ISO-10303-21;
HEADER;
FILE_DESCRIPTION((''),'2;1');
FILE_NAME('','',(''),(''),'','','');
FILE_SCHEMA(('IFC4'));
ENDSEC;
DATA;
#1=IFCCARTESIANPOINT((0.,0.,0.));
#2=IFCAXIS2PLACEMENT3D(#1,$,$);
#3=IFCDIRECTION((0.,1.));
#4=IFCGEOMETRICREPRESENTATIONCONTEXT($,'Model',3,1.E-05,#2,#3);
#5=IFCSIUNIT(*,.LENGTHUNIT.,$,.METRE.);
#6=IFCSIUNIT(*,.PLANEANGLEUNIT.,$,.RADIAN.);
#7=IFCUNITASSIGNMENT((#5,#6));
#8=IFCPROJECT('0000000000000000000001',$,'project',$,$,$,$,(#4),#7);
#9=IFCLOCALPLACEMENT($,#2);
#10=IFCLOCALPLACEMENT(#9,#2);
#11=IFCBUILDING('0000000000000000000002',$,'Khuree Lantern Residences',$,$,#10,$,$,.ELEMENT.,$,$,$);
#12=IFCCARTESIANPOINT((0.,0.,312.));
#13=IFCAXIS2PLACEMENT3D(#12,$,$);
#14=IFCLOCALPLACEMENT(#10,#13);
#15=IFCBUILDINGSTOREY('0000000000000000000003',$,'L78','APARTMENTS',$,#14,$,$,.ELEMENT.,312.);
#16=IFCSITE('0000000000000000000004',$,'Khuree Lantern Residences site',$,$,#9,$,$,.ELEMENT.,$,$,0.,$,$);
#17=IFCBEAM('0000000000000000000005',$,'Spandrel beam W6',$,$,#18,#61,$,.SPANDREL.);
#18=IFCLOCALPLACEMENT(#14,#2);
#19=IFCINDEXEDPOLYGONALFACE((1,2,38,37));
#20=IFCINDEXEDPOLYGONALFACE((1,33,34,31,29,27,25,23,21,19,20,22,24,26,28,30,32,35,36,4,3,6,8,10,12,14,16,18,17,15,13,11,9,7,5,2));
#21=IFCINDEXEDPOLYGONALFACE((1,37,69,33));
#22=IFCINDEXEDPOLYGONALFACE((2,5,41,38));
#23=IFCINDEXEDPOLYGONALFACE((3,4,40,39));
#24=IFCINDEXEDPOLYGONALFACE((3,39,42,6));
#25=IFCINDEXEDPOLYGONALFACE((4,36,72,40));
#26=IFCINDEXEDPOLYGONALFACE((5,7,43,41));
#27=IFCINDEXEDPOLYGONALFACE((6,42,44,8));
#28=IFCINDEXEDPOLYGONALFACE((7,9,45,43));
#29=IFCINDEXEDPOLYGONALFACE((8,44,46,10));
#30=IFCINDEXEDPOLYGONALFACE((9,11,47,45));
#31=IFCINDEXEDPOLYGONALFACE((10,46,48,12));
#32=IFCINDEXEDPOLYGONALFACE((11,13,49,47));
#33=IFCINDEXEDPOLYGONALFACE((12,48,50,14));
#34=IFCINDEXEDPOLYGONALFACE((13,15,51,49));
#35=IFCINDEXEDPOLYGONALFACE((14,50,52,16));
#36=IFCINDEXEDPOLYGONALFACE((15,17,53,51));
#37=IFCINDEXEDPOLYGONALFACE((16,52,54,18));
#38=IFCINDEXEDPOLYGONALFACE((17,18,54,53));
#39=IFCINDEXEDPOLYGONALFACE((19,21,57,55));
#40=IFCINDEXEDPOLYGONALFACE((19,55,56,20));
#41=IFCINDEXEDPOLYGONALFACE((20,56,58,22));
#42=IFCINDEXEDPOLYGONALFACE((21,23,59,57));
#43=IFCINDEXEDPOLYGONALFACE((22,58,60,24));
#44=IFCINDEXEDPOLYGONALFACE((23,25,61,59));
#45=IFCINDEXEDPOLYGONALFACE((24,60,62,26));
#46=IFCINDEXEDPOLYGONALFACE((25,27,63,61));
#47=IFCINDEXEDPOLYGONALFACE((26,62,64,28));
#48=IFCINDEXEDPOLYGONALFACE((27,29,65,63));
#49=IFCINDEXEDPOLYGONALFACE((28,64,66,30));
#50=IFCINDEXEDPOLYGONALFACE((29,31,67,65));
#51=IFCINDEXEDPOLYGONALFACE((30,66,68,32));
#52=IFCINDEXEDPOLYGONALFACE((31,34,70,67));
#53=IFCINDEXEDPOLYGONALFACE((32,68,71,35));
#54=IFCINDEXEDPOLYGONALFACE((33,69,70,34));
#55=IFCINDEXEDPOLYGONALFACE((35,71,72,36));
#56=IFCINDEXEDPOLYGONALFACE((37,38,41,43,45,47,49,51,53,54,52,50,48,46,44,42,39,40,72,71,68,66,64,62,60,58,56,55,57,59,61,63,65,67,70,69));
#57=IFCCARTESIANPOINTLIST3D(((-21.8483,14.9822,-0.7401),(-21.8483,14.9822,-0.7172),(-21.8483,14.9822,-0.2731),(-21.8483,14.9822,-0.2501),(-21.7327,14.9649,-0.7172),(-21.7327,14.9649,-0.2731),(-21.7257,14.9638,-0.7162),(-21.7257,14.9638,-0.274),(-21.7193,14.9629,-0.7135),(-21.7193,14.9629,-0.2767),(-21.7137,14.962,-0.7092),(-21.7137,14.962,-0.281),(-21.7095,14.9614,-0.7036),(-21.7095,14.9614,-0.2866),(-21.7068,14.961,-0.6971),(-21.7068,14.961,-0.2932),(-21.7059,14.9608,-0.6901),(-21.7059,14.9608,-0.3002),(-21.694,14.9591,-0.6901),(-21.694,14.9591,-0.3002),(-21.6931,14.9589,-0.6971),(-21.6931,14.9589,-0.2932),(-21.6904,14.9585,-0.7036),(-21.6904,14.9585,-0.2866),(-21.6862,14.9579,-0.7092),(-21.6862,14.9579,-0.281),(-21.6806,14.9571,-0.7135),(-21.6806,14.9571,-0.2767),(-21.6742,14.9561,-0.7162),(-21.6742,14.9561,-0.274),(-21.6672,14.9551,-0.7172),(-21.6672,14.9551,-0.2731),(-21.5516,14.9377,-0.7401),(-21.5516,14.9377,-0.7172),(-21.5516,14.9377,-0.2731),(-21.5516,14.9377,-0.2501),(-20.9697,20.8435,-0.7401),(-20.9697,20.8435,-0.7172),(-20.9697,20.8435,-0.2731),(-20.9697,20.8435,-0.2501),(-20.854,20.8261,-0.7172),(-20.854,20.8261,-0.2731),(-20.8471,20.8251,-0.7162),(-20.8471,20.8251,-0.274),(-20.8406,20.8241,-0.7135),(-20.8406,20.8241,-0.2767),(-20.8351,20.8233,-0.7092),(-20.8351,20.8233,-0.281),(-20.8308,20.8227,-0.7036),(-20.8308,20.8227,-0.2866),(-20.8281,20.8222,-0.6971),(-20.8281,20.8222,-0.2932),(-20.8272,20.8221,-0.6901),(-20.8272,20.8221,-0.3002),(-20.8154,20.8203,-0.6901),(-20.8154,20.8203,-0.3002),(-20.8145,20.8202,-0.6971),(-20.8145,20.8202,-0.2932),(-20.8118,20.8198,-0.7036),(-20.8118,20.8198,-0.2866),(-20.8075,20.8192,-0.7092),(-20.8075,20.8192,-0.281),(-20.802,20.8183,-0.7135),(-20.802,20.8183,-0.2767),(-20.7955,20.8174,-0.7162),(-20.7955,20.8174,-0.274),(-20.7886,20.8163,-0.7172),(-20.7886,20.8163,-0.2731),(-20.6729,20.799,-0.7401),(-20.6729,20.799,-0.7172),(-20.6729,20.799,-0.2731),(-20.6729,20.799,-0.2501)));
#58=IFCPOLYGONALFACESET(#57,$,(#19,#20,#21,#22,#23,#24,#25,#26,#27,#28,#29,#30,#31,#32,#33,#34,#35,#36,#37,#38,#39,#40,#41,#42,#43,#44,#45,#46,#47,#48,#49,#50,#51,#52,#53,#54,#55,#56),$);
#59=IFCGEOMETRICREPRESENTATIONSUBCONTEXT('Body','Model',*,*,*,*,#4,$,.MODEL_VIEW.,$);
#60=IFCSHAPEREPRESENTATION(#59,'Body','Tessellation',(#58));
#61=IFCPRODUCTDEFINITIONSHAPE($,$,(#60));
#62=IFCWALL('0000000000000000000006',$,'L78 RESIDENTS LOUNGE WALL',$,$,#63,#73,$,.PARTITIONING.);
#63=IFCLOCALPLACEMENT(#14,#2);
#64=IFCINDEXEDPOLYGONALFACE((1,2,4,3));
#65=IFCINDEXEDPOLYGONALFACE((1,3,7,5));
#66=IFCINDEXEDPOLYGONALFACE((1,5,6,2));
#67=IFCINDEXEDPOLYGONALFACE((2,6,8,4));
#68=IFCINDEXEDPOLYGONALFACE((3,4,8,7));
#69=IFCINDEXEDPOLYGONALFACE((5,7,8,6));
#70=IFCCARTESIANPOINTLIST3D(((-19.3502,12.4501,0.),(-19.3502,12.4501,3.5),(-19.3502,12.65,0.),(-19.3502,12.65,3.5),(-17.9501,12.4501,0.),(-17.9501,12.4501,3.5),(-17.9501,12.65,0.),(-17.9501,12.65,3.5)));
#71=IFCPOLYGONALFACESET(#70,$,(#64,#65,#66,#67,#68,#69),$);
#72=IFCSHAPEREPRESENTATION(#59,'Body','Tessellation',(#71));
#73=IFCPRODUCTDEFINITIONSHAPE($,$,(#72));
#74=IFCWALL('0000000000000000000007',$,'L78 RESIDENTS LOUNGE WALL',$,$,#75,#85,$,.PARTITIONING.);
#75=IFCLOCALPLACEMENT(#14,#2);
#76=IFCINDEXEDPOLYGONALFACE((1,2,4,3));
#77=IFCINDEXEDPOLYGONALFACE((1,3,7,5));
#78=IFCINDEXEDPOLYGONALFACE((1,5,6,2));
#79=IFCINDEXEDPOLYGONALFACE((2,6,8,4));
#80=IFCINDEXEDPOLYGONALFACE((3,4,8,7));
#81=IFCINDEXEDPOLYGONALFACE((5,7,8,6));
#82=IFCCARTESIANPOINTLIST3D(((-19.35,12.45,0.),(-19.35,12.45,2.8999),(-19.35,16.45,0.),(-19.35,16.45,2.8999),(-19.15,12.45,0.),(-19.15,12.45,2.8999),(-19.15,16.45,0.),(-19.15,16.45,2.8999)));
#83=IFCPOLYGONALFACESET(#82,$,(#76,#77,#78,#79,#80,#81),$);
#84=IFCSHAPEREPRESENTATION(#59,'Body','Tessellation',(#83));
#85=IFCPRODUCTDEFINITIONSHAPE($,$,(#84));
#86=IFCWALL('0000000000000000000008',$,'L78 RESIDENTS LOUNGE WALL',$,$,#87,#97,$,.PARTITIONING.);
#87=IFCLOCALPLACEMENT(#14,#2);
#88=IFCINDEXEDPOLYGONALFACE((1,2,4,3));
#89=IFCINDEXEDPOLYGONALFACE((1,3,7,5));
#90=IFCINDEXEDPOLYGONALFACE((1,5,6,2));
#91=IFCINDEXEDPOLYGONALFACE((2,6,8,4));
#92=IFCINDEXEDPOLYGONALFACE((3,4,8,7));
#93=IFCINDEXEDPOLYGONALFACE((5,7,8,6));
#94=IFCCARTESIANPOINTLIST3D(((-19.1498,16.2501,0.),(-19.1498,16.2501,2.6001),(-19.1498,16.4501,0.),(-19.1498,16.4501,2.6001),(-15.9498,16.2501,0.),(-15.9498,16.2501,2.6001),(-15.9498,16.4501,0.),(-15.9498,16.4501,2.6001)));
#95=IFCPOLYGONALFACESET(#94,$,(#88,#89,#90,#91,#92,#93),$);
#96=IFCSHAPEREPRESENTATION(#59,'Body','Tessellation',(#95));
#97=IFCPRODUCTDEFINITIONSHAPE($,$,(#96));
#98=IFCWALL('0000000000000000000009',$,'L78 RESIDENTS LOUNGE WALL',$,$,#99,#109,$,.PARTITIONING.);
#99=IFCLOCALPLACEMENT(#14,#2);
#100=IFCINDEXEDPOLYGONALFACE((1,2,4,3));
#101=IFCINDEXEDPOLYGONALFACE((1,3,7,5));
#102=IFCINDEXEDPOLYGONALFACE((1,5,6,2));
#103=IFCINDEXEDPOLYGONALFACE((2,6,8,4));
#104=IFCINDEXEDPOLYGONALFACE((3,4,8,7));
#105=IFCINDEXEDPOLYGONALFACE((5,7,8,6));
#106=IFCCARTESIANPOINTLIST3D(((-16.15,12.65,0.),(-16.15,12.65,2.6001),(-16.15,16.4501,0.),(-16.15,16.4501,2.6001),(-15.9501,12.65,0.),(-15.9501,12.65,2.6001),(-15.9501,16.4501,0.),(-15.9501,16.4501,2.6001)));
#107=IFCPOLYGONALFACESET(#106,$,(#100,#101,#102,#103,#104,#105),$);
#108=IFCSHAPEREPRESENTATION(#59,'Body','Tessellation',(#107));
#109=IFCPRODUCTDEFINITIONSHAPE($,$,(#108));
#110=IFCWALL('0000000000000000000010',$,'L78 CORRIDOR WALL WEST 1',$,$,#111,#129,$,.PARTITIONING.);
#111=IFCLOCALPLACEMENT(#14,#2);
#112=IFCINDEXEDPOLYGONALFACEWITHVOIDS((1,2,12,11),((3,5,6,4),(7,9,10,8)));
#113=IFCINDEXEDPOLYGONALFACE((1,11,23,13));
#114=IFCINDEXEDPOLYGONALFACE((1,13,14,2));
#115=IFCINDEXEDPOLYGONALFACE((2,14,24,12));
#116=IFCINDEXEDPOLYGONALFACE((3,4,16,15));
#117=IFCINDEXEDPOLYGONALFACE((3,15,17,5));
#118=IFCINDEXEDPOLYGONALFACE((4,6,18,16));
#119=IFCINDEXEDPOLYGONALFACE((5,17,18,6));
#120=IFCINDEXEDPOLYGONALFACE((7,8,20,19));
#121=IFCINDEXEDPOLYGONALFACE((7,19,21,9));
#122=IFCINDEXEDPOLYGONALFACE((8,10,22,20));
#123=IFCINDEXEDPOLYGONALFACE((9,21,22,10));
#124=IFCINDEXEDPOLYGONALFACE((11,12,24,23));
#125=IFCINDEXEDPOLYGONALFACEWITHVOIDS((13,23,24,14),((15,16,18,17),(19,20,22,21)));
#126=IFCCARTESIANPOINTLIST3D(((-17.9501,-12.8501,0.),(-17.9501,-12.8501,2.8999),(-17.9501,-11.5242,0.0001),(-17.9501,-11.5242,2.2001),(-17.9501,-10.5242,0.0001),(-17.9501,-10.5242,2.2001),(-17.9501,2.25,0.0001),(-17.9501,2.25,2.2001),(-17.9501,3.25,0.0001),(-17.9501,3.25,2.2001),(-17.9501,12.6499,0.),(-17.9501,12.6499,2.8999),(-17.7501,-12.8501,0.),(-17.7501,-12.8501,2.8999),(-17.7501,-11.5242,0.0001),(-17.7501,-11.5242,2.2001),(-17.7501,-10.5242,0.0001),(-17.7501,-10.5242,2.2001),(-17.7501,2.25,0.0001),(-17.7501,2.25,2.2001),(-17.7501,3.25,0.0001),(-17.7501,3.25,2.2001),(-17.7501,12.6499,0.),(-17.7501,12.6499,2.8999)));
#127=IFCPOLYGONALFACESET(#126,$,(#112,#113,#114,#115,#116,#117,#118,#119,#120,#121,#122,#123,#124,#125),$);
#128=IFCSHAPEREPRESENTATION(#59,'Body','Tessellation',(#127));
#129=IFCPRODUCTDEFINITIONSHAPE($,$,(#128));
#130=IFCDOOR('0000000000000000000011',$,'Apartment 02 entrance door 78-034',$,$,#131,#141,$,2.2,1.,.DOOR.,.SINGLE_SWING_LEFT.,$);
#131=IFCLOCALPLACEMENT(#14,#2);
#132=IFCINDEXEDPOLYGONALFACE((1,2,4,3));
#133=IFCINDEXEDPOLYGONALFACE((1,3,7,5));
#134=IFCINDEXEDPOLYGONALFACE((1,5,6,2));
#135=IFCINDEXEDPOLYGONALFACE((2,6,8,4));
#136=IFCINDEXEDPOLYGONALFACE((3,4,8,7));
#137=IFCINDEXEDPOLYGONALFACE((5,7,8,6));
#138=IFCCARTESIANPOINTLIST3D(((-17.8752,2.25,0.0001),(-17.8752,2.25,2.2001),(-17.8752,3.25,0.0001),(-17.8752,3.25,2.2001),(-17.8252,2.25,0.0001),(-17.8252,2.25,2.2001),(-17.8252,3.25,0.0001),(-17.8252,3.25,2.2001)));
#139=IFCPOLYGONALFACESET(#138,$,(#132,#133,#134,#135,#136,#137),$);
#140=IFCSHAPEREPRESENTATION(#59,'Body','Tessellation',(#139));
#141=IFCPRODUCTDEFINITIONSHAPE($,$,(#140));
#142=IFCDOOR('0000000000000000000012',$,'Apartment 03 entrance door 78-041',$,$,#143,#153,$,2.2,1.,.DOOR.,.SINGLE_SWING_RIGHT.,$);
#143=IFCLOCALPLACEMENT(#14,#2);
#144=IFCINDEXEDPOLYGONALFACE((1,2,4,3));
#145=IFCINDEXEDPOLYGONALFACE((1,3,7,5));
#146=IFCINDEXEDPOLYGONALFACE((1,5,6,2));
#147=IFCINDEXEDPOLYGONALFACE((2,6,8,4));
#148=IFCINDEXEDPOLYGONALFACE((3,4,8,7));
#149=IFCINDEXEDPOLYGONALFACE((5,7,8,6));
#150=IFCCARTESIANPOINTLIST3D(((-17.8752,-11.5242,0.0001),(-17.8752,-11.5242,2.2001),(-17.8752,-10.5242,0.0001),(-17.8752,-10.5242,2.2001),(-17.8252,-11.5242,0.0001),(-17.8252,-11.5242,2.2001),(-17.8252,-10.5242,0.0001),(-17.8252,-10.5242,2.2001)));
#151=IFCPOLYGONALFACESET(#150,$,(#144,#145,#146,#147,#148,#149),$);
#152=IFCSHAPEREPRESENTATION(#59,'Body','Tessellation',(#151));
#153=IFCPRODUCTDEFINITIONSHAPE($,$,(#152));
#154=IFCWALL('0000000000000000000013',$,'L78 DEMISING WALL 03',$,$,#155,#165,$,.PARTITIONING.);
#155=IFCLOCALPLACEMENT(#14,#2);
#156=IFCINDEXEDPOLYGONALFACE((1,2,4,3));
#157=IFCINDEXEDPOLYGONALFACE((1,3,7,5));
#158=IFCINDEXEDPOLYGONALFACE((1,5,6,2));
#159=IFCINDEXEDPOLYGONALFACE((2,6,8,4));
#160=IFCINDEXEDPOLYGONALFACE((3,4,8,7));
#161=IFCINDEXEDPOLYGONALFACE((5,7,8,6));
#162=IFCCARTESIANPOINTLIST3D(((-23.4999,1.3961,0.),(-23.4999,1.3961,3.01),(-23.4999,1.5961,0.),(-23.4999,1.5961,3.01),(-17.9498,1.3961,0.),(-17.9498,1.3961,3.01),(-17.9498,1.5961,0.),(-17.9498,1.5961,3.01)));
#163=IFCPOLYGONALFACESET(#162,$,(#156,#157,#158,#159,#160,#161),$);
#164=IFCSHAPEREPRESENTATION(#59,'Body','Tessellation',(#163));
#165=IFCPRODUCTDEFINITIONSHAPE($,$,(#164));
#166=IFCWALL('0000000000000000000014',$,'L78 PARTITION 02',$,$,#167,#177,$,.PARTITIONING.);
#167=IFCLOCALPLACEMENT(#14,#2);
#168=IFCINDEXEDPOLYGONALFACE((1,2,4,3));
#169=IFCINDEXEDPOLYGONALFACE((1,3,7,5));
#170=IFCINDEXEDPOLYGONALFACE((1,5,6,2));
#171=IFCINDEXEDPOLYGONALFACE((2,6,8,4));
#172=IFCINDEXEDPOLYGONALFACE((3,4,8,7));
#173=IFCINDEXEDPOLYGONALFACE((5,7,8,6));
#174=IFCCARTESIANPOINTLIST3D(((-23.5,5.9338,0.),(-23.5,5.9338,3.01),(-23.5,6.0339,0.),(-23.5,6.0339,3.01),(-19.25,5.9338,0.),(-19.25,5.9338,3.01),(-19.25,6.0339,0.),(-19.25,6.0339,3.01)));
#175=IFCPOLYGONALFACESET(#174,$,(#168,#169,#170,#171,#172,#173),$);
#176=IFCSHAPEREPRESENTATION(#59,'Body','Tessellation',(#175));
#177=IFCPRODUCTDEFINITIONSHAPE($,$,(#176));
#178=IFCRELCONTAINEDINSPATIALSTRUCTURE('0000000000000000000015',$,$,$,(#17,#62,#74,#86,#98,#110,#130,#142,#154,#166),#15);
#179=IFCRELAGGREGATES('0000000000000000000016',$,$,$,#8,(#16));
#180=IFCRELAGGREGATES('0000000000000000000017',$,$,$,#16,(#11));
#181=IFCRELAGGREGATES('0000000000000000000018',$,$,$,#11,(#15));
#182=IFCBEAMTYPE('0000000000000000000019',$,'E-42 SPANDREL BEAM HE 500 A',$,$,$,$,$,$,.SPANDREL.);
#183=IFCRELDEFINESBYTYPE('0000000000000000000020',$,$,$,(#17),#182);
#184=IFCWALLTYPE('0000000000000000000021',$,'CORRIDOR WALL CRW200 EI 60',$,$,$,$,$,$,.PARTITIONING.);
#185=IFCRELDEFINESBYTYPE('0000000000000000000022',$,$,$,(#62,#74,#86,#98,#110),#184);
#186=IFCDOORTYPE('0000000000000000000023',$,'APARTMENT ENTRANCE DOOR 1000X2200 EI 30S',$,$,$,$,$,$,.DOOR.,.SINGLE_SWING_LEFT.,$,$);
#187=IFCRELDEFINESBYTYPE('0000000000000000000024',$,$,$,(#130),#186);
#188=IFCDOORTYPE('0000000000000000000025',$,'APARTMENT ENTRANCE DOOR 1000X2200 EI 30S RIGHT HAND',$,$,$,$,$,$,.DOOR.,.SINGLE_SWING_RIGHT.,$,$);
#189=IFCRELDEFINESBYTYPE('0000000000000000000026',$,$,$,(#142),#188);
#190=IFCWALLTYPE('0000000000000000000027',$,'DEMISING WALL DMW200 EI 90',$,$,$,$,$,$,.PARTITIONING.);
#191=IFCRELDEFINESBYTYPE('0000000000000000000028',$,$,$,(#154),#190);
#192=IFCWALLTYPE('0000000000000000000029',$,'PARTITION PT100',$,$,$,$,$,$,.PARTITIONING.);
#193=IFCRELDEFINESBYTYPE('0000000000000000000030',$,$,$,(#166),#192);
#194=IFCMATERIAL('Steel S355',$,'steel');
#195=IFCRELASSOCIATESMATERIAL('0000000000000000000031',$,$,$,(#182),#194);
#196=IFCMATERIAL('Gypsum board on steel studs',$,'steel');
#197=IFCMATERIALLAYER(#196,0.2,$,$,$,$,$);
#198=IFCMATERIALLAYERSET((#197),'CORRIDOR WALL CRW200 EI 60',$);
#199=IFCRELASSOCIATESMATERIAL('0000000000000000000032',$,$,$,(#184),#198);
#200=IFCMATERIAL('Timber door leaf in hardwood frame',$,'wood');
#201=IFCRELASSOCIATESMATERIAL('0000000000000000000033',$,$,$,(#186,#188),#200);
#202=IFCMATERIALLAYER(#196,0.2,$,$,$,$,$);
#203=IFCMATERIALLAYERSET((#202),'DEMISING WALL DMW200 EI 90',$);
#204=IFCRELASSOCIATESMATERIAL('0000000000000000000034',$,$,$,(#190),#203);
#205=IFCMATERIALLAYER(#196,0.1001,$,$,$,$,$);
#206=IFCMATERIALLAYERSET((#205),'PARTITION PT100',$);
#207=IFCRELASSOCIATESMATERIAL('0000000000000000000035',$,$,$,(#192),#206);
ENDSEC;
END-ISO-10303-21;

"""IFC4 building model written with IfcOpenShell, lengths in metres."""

from ifc_helpers import new_model, si_unit, direction, frame, frame_2d, origin, origin_2d, place, context, subcontext, project, spatial, rectangle, i_section, extrude, material, layer, layer_set, material_profile, profile_set, type_object, element, fill, save


model = new_model("IFC4")

# Units and contexts
model_context = context("Model", 3, precision=1e-05, world=origin(), true_north=direction((0.0, 1.0)))
body_context = subcontext(model_context, "Body", "Model", "MODEL_VIEW")
ifc_project = project(units=[si_unit("LENGTHUNIT", "METRE"), si_unit("PLANEANGLEUNIT", "RADIAN")], contexts=[model_context])

# Site, building, storey
site_placement = place(None, origin())
site = spatial("IfcSite", under=ifc_project, at=site_placement, Name="Khuree Lantern Residences site", CompositionType="ELEMENT", RefElevation=0.0)
building_placement = place(site_placement, origin())
building = spatial("IfcBuilding", under=site, at=building_placement, Name="Khuree Lantern Residences", CompositionType="ELEMENT")
storey_placement = place(building_placement, frame((0.0, 0.0, 312.0)))
storey = spatial("IfcBuildingStorey", under=building, at=storey_placement, Name="L78", Description="APARTMENTS", CompositionType="ELEMENT", Elevation=312.0)

# Beam
ifc_material_1 = material(Name="Steel S355", Category="steel")
ifc_material_profile = material_profile(ifc_material_1, i_section(OverallWidth=0.3, OverallDepth=0.49, WebThickness=0.012, FlangeThickness=0.0229, FilletRadius=0.0271, at=origin_2d()), Name="HE 500 A")
ifc_profile_set = profile_set([ifc_material_profile], Name="Steel S355")
beam_type = type_object("IfcBeamType", Name="E-42 SPANDREL BEAM HE 500 A", PredefinedType="SPANDREL", material=ifc_profile_set)
beam_placement = place(storey_placement, frame((-21.7, 14.96, -0.4951), z_axis=(0.148252, 0.98895, 0.0), x_axis=(-0.98895, 0.148252, 0.0)))
element("IfcBeam", 1, at=beam_placement, inside=storey, type_object=beam_type, Name="Spandrel beam W6", PredefinedType="SPANDREL", context=body_context, shape_type="SweptSolid", body=[
    extrude(i_section(OverallWidth=0.3, OverallDepth=0.49, WebThickness=0.012, FlangeThickness=0.0229, FilletRadius=0.0271, at=origin_2d()), origin(), (0.0, 0.0, 1.0), 5.9268),
])

# Walls
ifc_material_2 = material(Name="Gypsum board on steel studs", Category="steel")
ifc_layer_1 = layer(ifc_material_2, 0.2)
ifc_layer_set_1 = layer_set([ifc_layer_1], Name="CORRIDOR WALL CRW200 EI 60")
wall_type_1 = type_object("IfcWallType", Name="CORRIDOR WALL CRW200 EI 60", PredefinedType="PARTITIONING", material=ifc_layer_set_1)
wall_1_placement = place(storey_placement, frame((-17.95, 12.55, 0.0), z_axis=(0.0, 0.0, 1.0), x_axis=(-1.0, 0.0, 0.0)))
element("IfcWall", 2, at=wall_1_placement, inside=storey, type_object=wall_type_1, Name="L78 RESIDENTS LOUNGE WALL", PredefinedType="PARTITIONING", context=body_context, shape_type="SweptSolid", body=[
    extrude(rectangle(XDim=1.4001, YDim=0.2, at=frame_2d((0.7002, 0.0))), origin(), (0.0, 0.0, 1.0), 3.5),
])
wall_2_placement = place(storey_placement, frame((-19.25, 12.45, 0.0), z_axis=(0.0, 0.0, 1.0), x_axis=(0.0, 1.0, 0.0)))
element("IfcWall", 3, at=wall_2_placement, inside=storey, type_object=wall_type_1, Name="L78 RESIDENTS LOUNGE WALL", PredefinedType="PARTITIONING", context=body_context, shape_type="SweptSolid", body=[
    extrude(rectangle(XDim=4.0, YDim=0.2, at=frame_2d((2.0, 0.0))), origin(), (0.0, 0.0, 1.0), 2.8999),
])
wall_3_placement = place(storey_placement, frame((-19.1499, 16.3501, 0.0), z_axis=(0.0, 0.0, 1.0), x_axis=(1.0, 0.0, 0.0)))
element("IfcWall", 4, at=wall_3_placement, inside=storey, type_object=wall_type_1, Name="L78 RESIDENTS LOUNGE WALL", PredefinedType="PARTITIONING", context=body_context, shape_type="SweptSolid", body=[
    extrude(rectangle(XDim=3.2, YDim=0.2, at=frame_2d((1.6001, 0.0))), origin(), (0.0, 0.0, 1.0), 2.6001),
])
wall_4_placement = place(storey_placement, frame((-16.05, 16.45, 0.0), z_axis=(0.0, 0.0, 1.0), x_axis=(0.0, -1.0, 0.0)))
element("IfcWall", 5, at=wall_4_placement, inside=storey, type_object=wall_type_1, Name="L78 RESIDENTS LOUNGE WALL", PredefinedType="PARTITIONING", context=body_context, shape_type="SweptSolid", body=[
    extrude(rectangle(XDim=3.8, YDim=0.2, at=frame_2d((1.8999, 0.0))), origin(), (0.0, 0.0, 1.0), 2.6001),
])

# Wall, openings, doors
wall_5_placement = place(storey_placement, frame((-17.8501, 12.6499, 0.0), z_axis=(0.0, 0.0, 1.0), x_axis=(0.0, -1.0, 0.0)))
wall_5 = element("IfcWall", 6, at=wall_5_placement, inside=storey, type_object=wall_type_1, Name="L78 CORRIDOR WALL WEST 1", PredefinedType="PARTITIONING", context=body_context, shape_type="SweptSolid", body=[
    extrude(rectangle(XDim=25.5, YDim=0.2, at=frame_2d((12.75, 0.0))), origin(), (0.0, 0.0, 1.0), 2.8999),
])
opening_1_placement = place(wall_5_placement, frame((9.3999, 0.0, 0.0)))
opening_1 = element("IfcOpeningElement", 7, at=opening_1_placement, cuts=wall_5, PredefinedType="OPENING", context=body_context, shape_type="SweptSolid", body=[
    extrude(rectangle(XDim=1.0, YDim=2.2, at=frame_2d((0.5, 1.1001))), frame((0.0, 0.1099, 0.0), z_axis=(0.0, -1.0, 0.0), x_axis=(1.0, 0.0, 0.0)), (0.0, 0.0, 1.0), 0.22),
])
opening_2_placement = place(wall_5_placement, frame((23.1741, 0.0, 0.0)))
opening_2 = element("IfcOpeningElement", 8, at=opening_2_placement, cuts=wall_5, PredefinedType="OPENING", context=body_context, shape_type="SweptSolid", body=[
    extrude(rectangle(XDim=1.0, YDim=2.2, at=frame_2d((0.5, 1.1001))), frame((0.0, 0.1099, 0.0), z_axis=(0.0, -1.0, 0.0), x_axis=(1.0, 0.0, 0.0)), (0.0, 0.0, 1.0), 0.22),
])
ifc_material_3 = material(Name="Timber door leaf in hardwood frame", Category="wood")
door_type_1 = type_object("IfcDoorType", Name="APARTMENT ENTRANCE DOOR 1000X2200 EI 30S", OperationType="SINGLE_SWING_LEFT", PredefinedType="DOOR", material=ifc_material_3)
door_1_placement = place(opening_1_placement, origin())
door_1 = element("IfcDoor", 9, at=door_1_placement, inside=storey, type_object=door_type_1, Name="Apartment 02 entrance door 78-034", OperationType="SINGLE_SWING_LEFT", OverallHeight=2.2, OverallWidth=1.0, PredefinedType="DOOR", context=body_context, shape_type="SweptSolid", body=[
    extrude(rectangle(XDim=1.0, YDim=2.2, at=frame_2d((0.5, 1.1001))), frame((0.0, 0.0249, 0.0), z_axis=(0.0, -1.0, 0.0), x_axis=(1.0, 0.0, 0.0)), (0.0, 0.0, 1.0), 0.05),
])
fill(opening_1, door_1)
door_type_2 = type_object("IfcDoorType", Name="APARTMENT ENTRANCE DOOR 1000X2200 EI 30S RIGHT HAND", OperationType="SINGLE_SWING_RIGHT", PredefinedType="DOOR", material=ifc_material_3)
door_2_placement = place(opening_2_placement, origin())
door_2 = element("IfcDoor", 10, at=door_2_placement, inside=storey, type_object=door_type_2, Name="Apartment 03 entrance door 78-041", OperationType="SINGLE_SWING_RIGHT", OverallHeight=2.2, OverallWidth=1.0, PredefinedType="DOOR", context=body_context, shape_type="SweptSolid", body=[
    extrude(rectangle(XDim=1.0, YDim=2.2, at=frame_2d((0.5, 1.1001))), frame((0.0, 0.0249, 0.0), z_axis=(0.0, -1.0, 0.0), x_axis=(1.0, 0.0, 0.0)), (0.0, 0.0, 1.0), 0.05),
])
fill(opening_2, door_2)

# Walls
ifc_layer_2 = layer(ifc_material_2, 0.2)
ifc_layer_set_2 = layer_set([ifc_layer_2], Name="DEMISING WALL DMW200 EI 90")
wall_type_2 = type_object("IfcWallType", Name="DEMISING WALL DMW200 EI 90", PredefinedType="PARTITIONING", material=ifc_layer_set_2)
wall_6_placement = place(storey_placement, frame((-17.95, 1.4961, 0.0), z_axis=(0.0, 0.0, 1.0), x_axis=(-1.0, 0.0, 0.0)))
element("IfcWall", 11, at=wall_6_placement, inside=storey, type_object=wall_type_2, Name="L78 DEMISING WALL 03", PredefinedType="PARTITIONING", context=body_context, shape_type="SweptSolid", body=[
    extrude(rectangle(XDim=5.55, YDim=0.2, at=frame_2d((2.7749, 0.0))), origin(), (0.0, 0.0, 1.0), 3.01),
])
ifc_layer_3 = layer(ifc_material_2, 0.1001)
ifc_layer_set_3 = layer_set([ifc_layer_3], Name="PARTITION PT100")
wall_type_3 = type_object("IfcWallType", Name="PARTITION PT100", PredefinedType="PARTITIONING", material=ifc_layer_set_3)
for number, where, z_axis, x_axis, name in (
    (12, (-19.25, 5.9839, 0.0), (0.0, 0.0, 1.0), (-1.0, 0.0, 0.0), "L78 PARTITION 02"),
):
    element("IfcWall", number, at=place(storey_placement, frame(where, z_axis=z_axis, x_axis=x_axis)), inside=storey, type_object=wall_type_3, Name=name, PredefinedType="PARTITIONING", context=body_context, shape_type="SweptSolid", body=[
        extrude(rectangle(XDim=4.25, YDim=0.1001, at=frame_2d((2.125, 0.0))), origin(), (0.0, 0.0, 1.0), 3.01),
    ])

save(model, "model.ifc")
